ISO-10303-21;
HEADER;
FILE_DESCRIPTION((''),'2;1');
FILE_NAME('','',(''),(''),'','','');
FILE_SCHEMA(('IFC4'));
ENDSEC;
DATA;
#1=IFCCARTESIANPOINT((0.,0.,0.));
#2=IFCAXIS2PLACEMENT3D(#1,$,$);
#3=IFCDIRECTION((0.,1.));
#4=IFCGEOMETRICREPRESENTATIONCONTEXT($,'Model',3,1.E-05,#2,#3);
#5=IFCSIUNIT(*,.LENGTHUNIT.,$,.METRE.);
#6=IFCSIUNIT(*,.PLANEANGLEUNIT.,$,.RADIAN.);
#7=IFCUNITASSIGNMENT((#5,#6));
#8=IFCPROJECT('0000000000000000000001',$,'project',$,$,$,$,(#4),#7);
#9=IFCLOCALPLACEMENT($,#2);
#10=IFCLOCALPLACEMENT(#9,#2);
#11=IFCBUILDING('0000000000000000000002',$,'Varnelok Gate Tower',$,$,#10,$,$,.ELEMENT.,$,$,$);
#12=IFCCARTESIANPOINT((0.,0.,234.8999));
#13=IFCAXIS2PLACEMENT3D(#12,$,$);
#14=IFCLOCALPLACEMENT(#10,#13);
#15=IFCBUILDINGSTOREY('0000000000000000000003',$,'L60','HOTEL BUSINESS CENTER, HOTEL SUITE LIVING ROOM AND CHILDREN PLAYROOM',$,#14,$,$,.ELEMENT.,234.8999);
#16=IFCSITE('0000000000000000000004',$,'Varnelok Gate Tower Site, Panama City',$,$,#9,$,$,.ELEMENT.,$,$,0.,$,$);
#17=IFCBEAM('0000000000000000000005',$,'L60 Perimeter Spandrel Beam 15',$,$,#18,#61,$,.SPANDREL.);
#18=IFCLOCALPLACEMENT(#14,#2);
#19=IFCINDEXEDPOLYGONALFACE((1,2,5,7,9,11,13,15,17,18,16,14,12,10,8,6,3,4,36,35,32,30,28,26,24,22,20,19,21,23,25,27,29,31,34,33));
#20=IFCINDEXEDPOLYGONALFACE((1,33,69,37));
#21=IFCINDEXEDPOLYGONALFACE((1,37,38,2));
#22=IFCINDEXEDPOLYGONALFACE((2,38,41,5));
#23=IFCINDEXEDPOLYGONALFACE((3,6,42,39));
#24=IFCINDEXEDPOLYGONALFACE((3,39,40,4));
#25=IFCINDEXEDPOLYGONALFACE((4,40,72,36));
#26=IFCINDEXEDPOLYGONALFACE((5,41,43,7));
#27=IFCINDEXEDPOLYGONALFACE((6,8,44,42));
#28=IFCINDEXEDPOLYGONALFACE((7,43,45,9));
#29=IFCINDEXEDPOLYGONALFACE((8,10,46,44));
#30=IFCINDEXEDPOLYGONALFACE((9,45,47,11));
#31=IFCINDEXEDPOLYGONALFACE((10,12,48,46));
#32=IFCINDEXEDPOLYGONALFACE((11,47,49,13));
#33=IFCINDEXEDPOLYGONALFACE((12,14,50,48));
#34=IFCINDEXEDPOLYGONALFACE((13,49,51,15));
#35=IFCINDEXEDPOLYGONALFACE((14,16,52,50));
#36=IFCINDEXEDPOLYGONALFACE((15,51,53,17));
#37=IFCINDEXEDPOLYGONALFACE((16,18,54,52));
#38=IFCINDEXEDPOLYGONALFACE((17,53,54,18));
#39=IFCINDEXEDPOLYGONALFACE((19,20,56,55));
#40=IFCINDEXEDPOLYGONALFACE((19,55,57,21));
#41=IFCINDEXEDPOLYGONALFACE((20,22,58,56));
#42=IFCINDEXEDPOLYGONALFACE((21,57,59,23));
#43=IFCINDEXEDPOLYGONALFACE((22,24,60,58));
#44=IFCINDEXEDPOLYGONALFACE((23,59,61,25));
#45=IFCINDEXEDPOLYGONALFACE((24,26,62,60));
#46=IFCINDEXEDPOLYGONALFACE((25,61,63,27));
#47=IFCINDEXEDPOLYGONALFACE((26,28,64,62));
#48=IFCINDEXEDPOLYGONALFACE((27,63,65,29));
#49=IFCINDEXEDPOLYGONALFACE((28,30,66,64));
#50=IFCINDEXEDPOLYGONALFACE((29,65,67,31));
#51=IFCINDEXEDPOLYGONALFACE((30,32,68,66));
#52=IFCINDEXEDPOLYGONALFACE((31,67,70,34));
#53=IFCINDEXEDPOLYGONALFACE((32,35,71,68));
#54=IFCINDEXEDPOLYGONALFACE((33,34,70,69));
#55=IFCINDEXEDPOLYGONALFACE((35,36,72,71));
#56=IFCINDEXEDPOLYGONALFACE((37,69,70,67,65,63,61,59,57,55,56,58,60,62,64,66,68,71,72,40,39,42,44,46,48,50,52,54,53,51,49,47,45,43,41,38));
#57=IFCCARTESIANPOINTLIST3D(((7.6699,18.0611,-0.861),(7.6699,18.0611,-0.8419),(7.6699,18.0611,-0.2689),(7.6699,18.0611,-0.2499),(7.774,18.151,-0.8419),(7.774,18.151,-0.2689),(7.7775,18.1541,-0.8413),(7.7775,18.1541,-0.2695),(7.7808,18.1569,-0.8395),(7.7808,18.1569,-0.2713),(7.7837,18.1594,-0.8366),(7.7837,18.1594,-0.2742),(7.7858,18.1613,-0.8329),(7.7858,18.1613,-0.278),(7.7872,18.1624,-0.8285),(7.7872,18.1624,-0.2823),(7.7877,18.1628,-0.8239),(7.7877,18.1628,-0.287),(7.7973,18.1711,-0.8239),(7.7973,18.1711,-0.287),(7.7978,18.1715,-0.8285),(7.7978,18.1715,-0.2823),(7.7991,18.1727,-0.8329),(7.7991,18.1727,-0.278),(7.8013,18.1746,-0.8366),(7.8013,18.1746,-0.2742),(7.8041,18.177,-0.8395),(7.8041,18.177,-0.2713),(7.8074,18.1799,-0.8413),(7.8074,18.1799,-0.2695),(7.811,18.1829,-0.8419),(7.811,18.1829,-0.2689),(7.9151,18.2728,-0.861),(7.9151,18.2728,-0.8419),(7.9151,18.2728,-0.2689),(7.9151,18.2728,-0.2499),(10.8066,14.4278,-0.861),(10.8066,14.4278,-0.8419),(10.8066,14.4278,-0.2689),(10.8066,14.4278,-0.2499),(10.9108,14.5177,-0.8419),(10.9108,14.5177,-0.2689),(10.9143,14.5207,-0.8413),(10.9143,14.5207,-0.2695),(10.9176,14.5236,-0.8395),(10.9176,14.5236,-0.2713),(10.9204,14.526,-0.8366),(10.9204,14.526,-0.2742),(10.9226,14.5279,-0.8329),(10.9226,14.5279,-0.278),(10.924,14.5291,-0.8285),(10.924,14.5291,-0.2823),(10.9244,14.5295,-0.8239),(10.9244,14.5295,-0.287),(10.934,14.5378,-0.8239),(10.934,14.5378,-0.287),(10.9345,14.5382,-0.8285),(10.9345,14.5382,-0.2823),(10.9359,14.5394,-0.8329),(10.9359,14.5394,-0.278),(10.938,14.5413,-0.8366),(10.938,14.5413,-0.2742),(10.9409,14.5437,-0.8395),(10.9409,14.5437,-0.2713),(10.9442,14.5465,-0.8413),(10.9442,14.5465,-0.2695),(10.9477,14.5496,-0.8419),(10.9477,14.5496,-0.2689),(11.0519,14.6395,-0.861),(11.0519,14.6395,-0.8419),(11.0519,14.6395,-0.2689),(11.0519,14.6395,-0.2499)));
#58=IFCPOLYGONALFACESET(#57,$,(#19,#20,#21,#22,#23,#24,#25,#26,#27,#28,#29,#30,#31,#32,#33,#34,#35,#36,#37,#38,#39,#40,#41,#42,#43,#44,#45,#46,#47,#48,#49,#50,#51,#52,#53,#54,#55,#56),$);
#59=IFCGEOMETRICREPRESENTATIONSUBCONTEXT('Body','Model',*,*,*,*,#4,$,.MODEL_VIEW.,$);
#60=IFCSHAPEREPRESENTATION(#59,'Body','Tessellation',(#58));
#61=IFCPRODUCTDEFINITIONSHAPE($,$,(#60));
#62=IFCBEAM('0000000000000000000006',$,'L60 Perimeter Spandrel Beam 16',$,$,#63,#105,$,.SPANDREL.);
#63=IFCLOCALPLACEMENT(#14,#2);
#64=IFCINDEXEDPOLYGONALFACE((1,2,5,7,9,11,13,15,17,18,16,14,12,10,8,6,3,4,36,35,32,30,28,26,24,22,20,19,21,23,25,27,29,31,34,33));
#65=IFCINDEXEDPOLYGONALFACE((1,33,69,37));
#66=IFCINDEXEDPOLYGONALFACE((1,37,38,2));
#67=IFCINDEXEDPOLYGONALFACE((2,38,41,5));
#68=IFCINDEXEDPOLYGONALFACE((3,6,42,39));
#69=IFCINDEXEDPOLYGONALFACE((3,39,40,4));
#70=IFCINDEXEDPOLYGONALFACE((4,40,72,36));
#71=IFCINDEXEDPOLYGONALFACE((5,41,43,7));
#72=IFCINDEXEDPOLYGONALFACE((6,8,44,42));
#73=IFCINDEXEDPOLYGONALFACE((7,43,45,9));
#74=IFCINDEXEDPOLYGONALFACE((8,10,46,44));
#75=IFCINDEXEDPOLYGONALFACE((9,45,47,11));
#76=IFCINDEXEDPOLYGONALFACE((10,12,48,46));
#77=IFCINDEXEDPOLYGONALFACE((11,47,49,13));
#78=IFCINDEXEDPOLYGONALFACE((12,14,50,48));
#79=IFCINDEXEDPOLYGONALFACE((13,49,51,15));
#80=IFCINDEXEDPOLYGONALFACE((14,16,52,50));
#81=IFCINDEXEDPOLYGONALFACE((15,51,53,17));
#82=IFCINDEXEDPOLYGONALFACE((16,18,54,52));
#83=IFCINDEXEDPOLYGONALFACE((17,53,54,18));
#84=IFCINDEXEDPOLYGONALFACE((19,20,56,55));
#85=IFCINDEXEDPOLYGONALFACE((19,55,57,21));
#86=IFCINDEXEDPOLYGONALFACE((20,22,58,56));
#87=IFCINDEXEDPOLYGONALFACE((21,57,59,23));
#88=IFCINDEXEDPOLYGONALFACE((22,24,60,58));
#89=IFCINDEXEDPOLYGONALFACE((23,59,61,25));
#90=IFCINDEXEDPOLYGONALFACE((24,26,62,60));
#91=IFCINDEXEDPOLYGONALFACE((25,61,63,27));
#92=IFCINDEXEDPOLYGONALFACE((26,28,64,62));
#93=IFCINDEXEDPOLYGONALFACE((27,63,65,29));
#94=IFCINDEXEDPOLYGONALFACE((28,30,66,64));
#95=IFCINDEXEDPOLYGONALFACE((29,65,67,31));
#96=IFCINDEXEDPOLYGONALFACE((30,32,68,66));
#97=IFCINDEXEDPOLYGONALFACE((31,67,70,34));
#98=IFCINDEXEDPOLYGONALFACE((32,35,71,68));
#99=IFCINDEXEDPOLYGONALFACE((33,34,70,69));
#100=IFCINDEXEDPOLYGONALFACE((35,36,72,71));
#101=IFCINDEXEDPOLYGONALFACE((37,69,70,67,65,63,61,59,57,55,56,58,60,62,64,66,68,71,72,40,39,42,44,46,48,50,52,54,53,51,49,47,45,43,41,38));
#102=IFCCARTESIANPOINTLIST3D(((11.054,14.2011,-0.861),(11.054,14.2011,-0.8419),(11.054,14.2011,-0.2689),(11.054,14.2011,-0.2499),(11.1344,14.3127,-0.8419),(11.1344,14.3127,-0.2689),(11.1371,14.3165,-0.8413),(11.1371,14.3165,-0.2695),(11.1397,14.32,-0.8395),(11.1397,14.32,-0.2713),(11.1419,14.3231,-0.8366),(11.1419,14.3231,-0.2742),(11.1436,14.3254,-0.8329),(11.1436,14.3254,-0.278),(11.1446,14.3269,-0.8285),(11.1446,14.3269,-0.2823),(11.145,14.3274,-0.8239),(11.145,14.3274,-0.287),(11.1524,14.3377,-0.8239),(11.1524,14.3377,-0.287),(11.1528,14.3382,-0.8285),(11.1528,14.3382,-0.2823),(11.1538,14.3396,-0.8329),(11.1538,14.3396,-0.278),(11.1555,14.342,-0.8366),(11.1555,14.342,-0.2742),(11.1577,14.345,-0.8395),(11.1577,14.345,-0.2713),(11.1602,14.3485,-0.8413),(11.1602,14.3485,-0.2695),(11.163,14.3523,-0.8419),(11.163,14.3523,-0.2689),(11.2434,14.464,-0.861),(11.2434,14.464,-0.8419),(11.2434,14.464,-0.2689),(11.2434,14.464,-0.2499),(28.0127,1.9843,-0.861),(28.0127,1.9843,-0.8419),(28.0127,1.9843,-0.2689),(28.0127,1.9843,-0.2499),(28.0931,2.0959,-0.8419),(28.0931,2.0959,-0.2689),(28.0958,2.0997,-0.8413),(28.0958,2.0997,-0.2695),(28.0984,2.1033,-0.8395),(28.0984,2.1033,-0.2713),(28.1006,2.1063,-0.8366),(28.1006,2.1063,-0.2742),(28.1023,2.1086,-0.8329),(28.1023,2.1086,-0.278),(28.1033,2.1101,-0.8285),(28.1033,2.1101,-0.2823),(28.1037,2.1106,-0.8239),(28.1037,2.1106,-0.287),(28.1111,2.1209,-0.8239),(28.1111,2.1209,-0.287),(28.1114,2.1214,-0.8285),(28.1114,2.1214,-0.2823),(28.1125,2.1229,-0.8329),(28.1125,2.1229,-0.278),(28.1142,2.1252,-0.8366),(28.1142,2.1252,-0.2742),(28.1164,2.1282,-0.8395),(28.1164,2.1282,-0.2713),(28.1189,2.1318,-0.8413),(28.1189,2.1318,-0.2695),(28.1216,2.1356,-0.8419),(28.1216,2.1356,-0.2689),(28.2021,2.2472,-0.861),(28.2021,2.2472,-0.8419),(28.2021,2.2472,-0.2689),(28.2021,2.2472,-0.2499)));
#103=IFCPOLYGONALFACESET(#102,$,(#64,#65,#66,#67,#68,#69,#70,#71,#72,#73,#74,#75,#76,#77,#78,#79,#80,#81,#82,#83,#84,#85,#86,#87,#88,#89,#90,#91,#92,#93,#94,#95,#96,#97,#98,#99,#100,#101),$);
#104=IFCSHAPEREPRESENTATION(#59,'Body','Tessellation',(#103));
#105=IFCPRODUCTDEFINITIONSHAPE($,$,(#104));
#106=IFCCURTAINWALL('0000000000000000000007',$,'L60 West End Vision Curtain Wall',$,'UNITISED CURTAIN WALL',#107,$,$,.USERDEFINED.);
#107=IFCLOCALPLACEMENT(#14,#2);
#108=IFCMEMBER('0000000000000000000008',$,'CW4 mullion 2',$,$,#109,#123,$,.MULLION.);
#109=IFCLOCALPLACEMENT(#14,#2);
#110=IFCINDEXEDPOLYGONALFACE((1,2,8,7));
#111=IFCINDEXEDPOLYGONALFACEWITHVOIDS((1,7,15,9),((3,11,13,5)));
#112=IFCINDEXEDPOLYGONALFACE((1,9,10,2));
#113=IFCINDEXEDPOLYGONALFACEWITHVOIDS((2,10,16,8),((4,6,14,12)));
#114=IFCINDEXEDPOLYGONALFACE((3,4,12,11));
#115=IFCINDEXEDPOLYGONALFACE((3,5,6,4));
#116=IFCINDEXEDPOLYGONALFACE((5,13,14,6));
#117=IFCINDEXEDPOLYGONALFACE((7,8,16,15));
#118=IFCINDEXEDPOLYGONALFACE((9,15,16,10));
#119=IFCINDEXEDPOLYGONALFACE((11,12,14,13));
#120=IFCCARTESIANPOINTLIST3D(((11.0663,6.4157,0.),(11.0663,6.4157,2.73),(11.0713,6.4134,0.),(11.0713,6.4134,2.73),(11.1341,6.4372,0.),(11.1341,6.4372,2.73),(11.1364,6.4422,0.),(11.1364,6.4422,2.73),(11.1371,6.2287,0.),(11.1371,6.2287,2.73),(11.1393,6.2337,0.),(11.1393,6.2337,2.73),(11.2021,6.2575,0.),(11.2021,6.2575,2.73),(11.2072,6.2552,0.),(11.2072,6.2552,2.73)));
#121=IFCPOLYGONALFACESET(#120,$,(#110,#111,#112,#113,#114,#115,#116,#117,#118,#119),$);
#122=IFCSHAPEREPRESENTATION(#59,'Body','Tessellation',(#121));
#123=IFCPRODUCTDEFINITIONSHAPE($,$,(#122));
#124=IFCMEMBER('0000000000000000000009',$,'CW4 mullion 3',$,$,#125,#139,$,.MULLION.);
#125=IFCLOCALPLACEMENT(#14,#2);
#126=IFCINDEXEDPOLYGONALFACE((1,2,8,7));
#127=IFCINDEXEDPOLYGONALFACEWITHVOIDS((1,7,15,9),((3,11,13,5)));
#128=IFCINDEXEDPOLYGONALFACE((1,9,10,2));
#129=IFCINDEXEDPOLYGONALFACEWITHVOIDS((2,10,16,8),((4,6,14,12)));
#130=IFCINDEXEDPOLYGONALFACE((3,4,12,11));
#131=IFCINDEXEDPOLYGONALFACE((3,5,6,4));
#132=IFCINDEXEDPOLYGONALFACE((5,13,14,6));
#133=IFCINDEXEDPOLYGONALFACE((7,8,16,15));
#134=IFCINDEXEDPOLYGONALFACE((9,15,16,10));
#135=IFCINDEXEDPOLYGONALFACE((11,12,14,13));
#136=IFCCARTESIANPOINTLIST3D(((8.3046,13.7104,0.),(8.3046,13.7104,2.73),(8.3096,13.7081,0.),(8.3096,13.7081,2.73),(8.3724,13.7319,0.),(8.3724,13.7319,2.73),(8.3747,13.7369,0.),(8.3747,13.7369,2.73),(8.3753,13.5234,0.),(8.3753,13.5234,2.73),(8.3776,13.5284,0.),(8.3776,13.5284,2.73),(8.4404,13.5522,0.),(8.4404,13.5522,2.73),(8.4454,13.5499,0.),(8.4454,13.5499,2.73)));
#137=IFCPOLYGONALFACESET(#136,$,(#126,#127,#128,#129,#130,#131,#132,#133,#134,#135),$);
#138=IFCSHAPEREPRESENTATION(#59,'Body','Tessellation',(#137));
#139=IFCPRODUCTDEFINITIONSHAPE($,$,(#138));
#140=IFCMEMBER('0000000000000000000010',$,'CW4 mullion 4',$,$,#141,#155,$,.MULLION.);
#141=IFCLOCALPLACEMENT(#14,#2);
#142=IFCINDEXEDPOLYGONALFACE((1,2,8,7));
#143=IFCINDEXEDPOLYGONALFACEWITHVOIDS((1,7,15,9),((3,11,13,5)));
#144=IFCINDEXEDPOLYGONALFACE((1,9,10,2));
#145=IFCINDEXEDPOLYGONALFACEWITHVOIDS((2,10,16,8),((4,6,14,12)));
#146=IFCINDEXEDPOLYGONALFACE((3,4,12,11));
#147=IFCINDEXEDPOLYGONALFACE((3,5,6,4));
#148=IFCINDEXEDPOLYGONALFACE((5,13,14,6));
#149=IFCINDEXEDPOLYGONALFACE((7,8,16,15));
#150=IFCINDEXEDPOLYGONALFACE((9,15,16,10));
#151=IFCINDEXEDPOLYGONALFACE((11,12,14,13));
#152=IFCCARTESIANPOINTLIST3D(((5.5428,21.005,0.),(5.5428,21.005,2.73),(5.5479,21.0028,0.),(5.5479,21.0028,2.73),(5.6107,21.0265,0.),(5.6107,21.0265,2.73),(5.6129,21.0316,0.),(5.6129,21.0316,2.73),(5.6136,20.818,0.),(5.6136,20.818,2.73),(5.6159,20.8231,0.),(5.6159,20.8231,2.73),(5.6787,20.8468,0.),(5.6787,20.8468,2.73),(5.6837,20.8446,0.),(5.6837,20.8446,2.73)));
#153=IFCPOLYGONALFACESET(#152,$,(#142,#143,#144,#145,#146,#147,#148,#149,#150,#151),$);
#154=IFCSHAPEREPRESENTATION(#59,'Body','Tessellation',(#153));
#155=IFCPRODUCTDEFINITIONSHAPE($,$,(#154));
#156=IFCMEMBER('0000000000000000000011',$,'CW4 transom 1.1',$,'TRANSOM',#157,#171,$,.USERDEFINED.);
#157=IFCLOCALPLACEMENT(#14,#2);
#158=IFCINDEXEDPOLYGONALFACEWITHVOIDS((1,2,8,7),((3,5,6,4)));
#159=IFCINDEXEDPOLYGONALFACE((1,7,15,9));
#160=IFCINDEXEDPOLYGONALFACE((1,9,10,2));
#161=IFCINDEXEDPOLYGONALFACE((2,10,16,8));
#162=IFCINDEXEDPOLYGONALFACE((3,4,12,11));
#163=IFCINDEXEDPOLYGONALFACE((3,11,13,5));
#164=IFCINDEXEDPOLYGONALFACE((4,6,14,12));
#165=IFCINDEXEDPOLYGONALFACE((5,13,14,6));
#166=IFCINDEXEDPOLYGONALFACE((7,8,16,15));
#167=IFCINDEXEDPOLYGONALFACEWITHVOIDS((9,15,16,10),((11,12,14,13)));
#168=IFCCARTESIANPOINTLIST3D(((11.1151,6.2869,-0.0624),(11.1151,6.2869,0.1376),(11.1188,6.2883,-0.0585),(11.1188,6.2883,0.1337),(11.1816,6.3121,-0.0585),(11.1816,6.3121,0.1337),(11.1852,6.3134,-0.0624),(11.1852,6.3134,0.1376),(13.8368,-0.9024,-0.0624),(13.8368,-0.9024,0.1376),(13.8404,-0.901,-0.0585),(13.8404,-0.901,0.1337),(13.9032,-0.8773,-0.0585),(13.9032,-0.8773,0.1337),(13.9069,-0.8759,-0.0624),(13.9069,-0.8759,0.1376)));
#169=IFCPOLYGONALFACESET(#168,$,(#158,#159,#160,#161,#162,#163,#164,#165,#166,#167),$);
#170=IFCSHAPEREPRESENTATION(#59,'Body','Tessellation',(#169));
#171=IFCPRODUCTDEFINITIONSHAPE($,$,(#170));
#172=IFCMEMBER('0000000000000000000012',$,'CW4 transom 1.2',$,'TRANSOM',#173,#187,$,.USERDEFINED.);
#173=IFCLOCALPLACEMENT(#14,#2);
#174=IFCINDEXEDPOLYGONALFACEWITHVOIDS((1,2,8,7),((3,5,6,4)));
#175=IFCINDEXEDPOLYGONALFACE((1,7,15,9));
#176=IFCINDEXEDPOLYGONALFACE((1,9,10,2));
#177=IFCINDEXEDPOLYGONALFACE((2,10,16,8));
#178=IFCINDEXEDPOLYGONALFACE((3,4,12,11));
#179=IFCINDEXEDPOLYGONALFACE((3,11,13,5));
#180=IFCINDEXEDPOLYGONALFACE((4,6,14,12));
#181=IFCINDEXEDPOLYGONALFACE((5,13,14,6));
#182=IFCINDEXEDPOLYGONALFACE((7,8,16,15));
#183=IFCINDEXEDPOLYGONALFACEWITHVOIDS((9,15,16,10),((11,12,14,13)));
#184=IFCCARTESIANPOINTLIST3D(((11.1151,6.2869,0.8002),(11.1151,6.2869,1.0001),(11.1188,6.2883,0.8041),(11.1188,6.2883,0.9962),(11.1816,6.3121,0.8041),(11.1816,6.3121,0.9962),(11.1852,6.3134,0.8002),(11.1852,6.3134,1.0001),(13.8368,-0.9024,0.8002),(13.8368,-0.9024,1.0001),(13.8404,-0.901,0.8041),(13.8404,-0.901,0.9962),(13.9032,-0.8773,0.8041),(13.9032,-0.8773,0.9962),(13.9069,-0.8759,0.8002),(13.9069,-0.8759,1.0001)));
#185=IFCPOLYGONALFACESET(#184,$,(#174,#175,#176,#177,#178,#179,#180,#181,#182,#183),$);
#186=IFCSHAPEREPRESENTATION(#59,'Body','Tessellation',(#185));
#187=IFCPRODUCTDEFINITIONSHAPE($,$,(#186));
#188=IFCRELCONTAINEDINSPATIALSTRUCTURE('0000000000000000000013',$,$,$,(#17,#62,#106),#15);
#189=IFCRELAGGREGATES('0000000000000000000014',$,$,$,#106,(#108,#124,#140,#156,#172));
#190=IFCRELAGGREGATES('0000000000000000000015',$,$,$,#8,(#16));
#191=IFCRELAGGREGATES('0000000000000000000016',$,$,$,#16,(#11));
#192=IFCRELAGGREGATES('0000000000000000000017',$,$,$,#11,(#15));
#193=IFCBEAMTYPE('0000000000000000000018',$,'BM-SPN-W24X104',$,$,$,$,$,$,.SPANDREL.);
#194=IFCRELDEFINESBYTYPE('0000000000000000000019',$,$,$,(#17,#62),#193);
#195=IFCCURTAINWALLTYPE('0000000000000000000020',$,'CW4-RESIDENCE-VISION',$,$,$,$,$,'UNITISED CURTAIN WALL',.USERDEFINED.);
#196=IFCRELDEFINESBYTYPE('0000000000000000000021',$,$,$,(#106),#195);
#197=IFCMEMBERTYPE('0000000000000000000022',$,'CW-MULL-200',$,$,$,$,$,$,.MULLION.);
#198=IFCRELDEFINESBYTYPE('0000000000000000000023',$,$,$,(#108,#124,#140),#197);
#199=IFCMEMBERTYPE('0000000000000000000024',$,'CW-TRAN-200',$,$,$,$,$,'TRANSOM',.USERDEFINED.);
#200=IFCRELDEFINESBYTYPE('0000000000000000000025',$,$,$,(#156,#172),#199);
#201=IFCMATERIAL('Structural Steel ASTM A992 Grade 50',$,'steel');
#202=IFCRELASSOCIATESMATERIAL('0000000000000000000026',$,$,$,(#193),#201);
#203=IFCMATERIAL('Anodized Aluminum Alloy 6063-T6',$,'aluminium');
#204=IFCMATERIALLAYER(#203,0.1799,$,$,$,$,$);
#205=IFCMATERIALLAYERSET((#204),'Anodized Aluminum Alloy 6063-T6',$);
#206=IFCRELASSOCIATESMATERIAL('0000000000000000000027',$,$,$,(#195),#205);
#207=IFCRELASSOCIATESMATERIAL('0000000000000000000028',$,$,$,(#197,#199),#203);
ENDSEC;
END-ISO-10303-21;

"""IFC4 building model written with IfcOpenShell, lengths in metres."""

from ifc_helpers import new_model, si_unit, direction, frame, origin, origin_2d, place, context, subcontext, project, spatial, hollow_rectangle, i_section, extrude, material, layer, layer_set, material_profile, profile_set, type_object, element, aggregate, save


model = new_model("IFC4")

# Units and contexts
model_context = context("Model", 3, precision=1e-05, world=origin(), true_north=direction((0.0, 1.0)))
body_context = subcontext(model_context, "Body", "Model", "MODEL_VIEW")
ifc_project = project(units=[si_unit("LENGTHUNIT", "METRE"), si_unit("PLANEANGLEUNIT", "RADIAN")], contexts=[model_context])

# Site, building, storey
site_placement = place(None, origin())
site = spatial("IfcSite", under=ifc_project, at=site_placement, Name="Varnelok Gate Tower Site, Panama City", CompositionType="ELEMENT", RefElevation=0.0)
building_placement = place(site_placement, origin())
building = spatial("IfcBuilding", under=site, at=building_placement, Name="Varnelok Gate Tower", CompositionType="ELEMENT")
storey_placement = place(building_placement, frame((0.0, 0.0, 234.8999)))
storey = spatial("IfcBuildingStorey", under=building, at=storey_placement, Name="L60", Description="HOTEL BUSINESS CENTER, HOTEL SUITE LIVING ROOM AND CHILDREN PLAYROOM", CompositionType="ELEMENT", Elevation=234.8999)

# Shared definitions
ifc_material_1 = material(Name="Structural Steel ASTM A992 Grade 50", Category="steel")

# Beams
ifc_material_profile_1 = material_profile(ifc_material_1, i_section(OverallWidth=0.324, OverallDepth=0.6111, WebThickness=0.0127, FlangeThickness=0.019, FilletRadius=0.0181, at=origin_2d()), Name="W24X104")
ifc_profile_set_1 = profile_set([ifc_material_profile_1], Name="Structural Steel ASTM A992 Grade 50")
beam_type = type_object("IfcBeamType", Name="BM-SPN-W24X104", PredefinedType="SPANDREL", material=ifc_profile_set_1)
beam_1_placement = place(storey_placement, frame((7.7925, 18.167, -0.5554), z_axis=(0.653485, -0.75694, 0.0), x_axis=(0.75694, 0.653485, 0.0)))
element("IfcBeam", 1, at=beam_1_placement, inside=storey, type_object=beam_type, Name="L60 Perimeter Spandrel Beam 15", PredefinedType="SPANDREL", context=body_context, shape_type="SweptSolid", body=[
    extrude(i_section(OverallWidth=0.324, OverallDepth=0.6111, WebThickness=0.0127, FlangeThickness=0.019, FilletRadius=0.0181, at=origin_2d()), origin(), (0.0, 0.0, 1.0), 4.8),
])
beam_2_placement = place(storey_placement, frame((11.1487, 14.3325, -0.5554), z_axis=(0.811387, -0.58451, 0.0), x_axis=(0.58451, 0.811387, 0.0)))
element("IfcBeam", 2, at=beam_2_placement, inside=storey, type_object=beam_type, Name="L60 Perimeter Spandrel Beam 16", PredefinedType="SPANDREL", context=body_context, shape_type="SweptSolid", body=[
    extrude(i_section(OverallWidth=0.324, OverallDepth=0.6111, WebThickness=0.0127, FlangeThickness=0.019, FilletRadius=0.0181, at=origin_2d()), origin(), (0.0, 0.0, 1.0), 20.9009),
])

# Curtain wall, members
ifc_material_2 = material(Name="Anodized Aluminum Alloy 6063-T6", Category="aluminium")
ifc_layer_1 = layer(ifc_material_2, 0.1799)
ifc_layer_set_1 = layer_set([ifc_layer_1], Name="Anodized Aluminum Alloy 6063-T6")
curtain_wall_type = type_object("IfcCurtainWallType", Name="CW4-RESIDENCE-VISION", ElementType="UNITISED CURTAIN WALL", PredefinedType="USERDEFINED", material=ifc_layer_set_1)
curtain_wall_placement = place(storey_placement, origin())
curtain_wall = element("IfcCurtainWall", 3, at=curtain_wall_placement, inside=storey, type_object=curtain_wall_type, Name="L60 West End Vision Curtain Wall", ObjectType="UNITISED CURTAIN WALL", PredefinedType="USERDEFINED")
ifc_material_profile_2 = material_profile(ifc_material_2, hollow_rectangle(XDim=0.075, YDim=0.2, WallThickness=0.0039, at=origin_2d()), Name="ALU200X75X4")
ifc_profile_set_2 = profile_set([ifc_material_profile_2], Name="Anodized Aluminum Alloy 6063-T6")
member_type_1 = type_object("IfcMemberType", Name="CW-MULL-200", PredefinedType="MULLION", material=ifc_profile_set_2)
member_1_placement = place(storey_placement, frame((11.1367, 6.3354, 0.0), z_axis=(0.0, 0.0, 1.0), x_axis=(-0.935222, -0.354063, 0.0)))
member_1 = element("IfcMember", 4, at=member_1_placement, type_object=member_type_1, Name="CW4 mullion 2", PredefinedType="MULLION", context=body_context, shape_type="SweptSolid", body=[
    extrude(hollow_rectangle(XDim=0.075, YDim=0.2, WallThickness=0.0039, at=origin_2d()), origin(), (0.0, 0.0, 1.0), 2.73),
])
member_2_placement = place(storey_placement, frame((8.375, 13.6301, 0.0), z_axis=(0.0, 0.0, 1.0), x_axis=(-0.935222, -0.354063, 0.0)))
member_2 = element("IfcMember", 5, at=member_2_placement, type_object=member_type_1, Name="CW4 mullion 3", PredefinedType="MULLION", context=body_context, shape_type="SweptSolid", body=[
    extrude(hollow_rectangle(XDim=0.075, YDim=0.2, WallThickness=0.0039, at=origin_2d()), origin(), (0.0, 0.0, 1.0), 2.73),
])
member_3_placement = place(storey_placement, frame((5.6133, 20.9248, 0.0), z_axis=(0.0, 0.0, 1.0), x_axis=(-0.935222, -0.354063, 0.0)))
member_3 = element("IfcMember", 6, at=member_3_placement, type_object=member_type_1, Name="CW4 mullion 4", PredefinedType="MULLION", context=body_context, shape_type="SweptSolid", body=[
    extrude(hollow_rectangle(XDim=0.075, YDim=0.2, WallThickness=0.0039, at=origin_2d()), origin(), (0.0, 0.0, 1.0), 2.73),
])
ifc_material_profile_3 = material_profile(ifc_material_2, hollow_rectangle(XDim=0.075, YDim=0.2, WallThickness=0.0039, at=origin_2d()), Name="ALU200X75X4")
ifc_profile_set_3 = profile_set([ifc_material_profile_3], Name="Anodized Aluminum Alloy 6063-T6")
member_type_2 = type_object("IfcMemberType", Name="CW-TRAN-200", ElementType="TRANSOM", PredefinedType="USERDEFINED", material=ifc_profile_set_3)
member_4_placement = place(storey_placement, frame((13.8718, -0.8892, 0.0376), z_axis=(-0.354045, 0.935228, 0.0), x_axis=(-0.935228, -0.354045, 0.0)))
member_4 = element("IfcMember", 7, at=member_4_placement, type_object=member_type_2, Name="CW4 transom 1.1", ObjectType="TRANSOM", PredefinedType="USERDEFINED", context=body_context, shape_type="SweptSolid", body=[
    extrude(hollow_rectangle(XDim=0.075, YDim=0.2, WallThickness=0.0039, at=origin_2d()), origin(), (0.0, 0.0, 1.0), 7.6873),
])
member_5_placement = place(storey_placement, frame((13.8718, -0.8892, 0.9001), z_axis=(-0.354045, 0.935228, 0.0), x_axis=(-0.935228, -0.354045, 0.0)))
member_5 = element("IfcMember", 8, at=member_5_placement, type_object=member_type_2, Name="CW4 transom 1.2", ObjectType="TRANSOM", PredefinedType="USERDEFINED", context=body_context, shape_type="SweptSolid", body=[
    extrude(hollow_rectangle(XDim=0.075, YDim=0.2, WallThickness=0.0039, at=origin_2d()), origin(), (0.0, 0.0, 1.0), 7.6873),
])

aggregate(curtain_wall, [member_1, member_2, member_3, member_4, member_5])

save(model, "model.ifc")
